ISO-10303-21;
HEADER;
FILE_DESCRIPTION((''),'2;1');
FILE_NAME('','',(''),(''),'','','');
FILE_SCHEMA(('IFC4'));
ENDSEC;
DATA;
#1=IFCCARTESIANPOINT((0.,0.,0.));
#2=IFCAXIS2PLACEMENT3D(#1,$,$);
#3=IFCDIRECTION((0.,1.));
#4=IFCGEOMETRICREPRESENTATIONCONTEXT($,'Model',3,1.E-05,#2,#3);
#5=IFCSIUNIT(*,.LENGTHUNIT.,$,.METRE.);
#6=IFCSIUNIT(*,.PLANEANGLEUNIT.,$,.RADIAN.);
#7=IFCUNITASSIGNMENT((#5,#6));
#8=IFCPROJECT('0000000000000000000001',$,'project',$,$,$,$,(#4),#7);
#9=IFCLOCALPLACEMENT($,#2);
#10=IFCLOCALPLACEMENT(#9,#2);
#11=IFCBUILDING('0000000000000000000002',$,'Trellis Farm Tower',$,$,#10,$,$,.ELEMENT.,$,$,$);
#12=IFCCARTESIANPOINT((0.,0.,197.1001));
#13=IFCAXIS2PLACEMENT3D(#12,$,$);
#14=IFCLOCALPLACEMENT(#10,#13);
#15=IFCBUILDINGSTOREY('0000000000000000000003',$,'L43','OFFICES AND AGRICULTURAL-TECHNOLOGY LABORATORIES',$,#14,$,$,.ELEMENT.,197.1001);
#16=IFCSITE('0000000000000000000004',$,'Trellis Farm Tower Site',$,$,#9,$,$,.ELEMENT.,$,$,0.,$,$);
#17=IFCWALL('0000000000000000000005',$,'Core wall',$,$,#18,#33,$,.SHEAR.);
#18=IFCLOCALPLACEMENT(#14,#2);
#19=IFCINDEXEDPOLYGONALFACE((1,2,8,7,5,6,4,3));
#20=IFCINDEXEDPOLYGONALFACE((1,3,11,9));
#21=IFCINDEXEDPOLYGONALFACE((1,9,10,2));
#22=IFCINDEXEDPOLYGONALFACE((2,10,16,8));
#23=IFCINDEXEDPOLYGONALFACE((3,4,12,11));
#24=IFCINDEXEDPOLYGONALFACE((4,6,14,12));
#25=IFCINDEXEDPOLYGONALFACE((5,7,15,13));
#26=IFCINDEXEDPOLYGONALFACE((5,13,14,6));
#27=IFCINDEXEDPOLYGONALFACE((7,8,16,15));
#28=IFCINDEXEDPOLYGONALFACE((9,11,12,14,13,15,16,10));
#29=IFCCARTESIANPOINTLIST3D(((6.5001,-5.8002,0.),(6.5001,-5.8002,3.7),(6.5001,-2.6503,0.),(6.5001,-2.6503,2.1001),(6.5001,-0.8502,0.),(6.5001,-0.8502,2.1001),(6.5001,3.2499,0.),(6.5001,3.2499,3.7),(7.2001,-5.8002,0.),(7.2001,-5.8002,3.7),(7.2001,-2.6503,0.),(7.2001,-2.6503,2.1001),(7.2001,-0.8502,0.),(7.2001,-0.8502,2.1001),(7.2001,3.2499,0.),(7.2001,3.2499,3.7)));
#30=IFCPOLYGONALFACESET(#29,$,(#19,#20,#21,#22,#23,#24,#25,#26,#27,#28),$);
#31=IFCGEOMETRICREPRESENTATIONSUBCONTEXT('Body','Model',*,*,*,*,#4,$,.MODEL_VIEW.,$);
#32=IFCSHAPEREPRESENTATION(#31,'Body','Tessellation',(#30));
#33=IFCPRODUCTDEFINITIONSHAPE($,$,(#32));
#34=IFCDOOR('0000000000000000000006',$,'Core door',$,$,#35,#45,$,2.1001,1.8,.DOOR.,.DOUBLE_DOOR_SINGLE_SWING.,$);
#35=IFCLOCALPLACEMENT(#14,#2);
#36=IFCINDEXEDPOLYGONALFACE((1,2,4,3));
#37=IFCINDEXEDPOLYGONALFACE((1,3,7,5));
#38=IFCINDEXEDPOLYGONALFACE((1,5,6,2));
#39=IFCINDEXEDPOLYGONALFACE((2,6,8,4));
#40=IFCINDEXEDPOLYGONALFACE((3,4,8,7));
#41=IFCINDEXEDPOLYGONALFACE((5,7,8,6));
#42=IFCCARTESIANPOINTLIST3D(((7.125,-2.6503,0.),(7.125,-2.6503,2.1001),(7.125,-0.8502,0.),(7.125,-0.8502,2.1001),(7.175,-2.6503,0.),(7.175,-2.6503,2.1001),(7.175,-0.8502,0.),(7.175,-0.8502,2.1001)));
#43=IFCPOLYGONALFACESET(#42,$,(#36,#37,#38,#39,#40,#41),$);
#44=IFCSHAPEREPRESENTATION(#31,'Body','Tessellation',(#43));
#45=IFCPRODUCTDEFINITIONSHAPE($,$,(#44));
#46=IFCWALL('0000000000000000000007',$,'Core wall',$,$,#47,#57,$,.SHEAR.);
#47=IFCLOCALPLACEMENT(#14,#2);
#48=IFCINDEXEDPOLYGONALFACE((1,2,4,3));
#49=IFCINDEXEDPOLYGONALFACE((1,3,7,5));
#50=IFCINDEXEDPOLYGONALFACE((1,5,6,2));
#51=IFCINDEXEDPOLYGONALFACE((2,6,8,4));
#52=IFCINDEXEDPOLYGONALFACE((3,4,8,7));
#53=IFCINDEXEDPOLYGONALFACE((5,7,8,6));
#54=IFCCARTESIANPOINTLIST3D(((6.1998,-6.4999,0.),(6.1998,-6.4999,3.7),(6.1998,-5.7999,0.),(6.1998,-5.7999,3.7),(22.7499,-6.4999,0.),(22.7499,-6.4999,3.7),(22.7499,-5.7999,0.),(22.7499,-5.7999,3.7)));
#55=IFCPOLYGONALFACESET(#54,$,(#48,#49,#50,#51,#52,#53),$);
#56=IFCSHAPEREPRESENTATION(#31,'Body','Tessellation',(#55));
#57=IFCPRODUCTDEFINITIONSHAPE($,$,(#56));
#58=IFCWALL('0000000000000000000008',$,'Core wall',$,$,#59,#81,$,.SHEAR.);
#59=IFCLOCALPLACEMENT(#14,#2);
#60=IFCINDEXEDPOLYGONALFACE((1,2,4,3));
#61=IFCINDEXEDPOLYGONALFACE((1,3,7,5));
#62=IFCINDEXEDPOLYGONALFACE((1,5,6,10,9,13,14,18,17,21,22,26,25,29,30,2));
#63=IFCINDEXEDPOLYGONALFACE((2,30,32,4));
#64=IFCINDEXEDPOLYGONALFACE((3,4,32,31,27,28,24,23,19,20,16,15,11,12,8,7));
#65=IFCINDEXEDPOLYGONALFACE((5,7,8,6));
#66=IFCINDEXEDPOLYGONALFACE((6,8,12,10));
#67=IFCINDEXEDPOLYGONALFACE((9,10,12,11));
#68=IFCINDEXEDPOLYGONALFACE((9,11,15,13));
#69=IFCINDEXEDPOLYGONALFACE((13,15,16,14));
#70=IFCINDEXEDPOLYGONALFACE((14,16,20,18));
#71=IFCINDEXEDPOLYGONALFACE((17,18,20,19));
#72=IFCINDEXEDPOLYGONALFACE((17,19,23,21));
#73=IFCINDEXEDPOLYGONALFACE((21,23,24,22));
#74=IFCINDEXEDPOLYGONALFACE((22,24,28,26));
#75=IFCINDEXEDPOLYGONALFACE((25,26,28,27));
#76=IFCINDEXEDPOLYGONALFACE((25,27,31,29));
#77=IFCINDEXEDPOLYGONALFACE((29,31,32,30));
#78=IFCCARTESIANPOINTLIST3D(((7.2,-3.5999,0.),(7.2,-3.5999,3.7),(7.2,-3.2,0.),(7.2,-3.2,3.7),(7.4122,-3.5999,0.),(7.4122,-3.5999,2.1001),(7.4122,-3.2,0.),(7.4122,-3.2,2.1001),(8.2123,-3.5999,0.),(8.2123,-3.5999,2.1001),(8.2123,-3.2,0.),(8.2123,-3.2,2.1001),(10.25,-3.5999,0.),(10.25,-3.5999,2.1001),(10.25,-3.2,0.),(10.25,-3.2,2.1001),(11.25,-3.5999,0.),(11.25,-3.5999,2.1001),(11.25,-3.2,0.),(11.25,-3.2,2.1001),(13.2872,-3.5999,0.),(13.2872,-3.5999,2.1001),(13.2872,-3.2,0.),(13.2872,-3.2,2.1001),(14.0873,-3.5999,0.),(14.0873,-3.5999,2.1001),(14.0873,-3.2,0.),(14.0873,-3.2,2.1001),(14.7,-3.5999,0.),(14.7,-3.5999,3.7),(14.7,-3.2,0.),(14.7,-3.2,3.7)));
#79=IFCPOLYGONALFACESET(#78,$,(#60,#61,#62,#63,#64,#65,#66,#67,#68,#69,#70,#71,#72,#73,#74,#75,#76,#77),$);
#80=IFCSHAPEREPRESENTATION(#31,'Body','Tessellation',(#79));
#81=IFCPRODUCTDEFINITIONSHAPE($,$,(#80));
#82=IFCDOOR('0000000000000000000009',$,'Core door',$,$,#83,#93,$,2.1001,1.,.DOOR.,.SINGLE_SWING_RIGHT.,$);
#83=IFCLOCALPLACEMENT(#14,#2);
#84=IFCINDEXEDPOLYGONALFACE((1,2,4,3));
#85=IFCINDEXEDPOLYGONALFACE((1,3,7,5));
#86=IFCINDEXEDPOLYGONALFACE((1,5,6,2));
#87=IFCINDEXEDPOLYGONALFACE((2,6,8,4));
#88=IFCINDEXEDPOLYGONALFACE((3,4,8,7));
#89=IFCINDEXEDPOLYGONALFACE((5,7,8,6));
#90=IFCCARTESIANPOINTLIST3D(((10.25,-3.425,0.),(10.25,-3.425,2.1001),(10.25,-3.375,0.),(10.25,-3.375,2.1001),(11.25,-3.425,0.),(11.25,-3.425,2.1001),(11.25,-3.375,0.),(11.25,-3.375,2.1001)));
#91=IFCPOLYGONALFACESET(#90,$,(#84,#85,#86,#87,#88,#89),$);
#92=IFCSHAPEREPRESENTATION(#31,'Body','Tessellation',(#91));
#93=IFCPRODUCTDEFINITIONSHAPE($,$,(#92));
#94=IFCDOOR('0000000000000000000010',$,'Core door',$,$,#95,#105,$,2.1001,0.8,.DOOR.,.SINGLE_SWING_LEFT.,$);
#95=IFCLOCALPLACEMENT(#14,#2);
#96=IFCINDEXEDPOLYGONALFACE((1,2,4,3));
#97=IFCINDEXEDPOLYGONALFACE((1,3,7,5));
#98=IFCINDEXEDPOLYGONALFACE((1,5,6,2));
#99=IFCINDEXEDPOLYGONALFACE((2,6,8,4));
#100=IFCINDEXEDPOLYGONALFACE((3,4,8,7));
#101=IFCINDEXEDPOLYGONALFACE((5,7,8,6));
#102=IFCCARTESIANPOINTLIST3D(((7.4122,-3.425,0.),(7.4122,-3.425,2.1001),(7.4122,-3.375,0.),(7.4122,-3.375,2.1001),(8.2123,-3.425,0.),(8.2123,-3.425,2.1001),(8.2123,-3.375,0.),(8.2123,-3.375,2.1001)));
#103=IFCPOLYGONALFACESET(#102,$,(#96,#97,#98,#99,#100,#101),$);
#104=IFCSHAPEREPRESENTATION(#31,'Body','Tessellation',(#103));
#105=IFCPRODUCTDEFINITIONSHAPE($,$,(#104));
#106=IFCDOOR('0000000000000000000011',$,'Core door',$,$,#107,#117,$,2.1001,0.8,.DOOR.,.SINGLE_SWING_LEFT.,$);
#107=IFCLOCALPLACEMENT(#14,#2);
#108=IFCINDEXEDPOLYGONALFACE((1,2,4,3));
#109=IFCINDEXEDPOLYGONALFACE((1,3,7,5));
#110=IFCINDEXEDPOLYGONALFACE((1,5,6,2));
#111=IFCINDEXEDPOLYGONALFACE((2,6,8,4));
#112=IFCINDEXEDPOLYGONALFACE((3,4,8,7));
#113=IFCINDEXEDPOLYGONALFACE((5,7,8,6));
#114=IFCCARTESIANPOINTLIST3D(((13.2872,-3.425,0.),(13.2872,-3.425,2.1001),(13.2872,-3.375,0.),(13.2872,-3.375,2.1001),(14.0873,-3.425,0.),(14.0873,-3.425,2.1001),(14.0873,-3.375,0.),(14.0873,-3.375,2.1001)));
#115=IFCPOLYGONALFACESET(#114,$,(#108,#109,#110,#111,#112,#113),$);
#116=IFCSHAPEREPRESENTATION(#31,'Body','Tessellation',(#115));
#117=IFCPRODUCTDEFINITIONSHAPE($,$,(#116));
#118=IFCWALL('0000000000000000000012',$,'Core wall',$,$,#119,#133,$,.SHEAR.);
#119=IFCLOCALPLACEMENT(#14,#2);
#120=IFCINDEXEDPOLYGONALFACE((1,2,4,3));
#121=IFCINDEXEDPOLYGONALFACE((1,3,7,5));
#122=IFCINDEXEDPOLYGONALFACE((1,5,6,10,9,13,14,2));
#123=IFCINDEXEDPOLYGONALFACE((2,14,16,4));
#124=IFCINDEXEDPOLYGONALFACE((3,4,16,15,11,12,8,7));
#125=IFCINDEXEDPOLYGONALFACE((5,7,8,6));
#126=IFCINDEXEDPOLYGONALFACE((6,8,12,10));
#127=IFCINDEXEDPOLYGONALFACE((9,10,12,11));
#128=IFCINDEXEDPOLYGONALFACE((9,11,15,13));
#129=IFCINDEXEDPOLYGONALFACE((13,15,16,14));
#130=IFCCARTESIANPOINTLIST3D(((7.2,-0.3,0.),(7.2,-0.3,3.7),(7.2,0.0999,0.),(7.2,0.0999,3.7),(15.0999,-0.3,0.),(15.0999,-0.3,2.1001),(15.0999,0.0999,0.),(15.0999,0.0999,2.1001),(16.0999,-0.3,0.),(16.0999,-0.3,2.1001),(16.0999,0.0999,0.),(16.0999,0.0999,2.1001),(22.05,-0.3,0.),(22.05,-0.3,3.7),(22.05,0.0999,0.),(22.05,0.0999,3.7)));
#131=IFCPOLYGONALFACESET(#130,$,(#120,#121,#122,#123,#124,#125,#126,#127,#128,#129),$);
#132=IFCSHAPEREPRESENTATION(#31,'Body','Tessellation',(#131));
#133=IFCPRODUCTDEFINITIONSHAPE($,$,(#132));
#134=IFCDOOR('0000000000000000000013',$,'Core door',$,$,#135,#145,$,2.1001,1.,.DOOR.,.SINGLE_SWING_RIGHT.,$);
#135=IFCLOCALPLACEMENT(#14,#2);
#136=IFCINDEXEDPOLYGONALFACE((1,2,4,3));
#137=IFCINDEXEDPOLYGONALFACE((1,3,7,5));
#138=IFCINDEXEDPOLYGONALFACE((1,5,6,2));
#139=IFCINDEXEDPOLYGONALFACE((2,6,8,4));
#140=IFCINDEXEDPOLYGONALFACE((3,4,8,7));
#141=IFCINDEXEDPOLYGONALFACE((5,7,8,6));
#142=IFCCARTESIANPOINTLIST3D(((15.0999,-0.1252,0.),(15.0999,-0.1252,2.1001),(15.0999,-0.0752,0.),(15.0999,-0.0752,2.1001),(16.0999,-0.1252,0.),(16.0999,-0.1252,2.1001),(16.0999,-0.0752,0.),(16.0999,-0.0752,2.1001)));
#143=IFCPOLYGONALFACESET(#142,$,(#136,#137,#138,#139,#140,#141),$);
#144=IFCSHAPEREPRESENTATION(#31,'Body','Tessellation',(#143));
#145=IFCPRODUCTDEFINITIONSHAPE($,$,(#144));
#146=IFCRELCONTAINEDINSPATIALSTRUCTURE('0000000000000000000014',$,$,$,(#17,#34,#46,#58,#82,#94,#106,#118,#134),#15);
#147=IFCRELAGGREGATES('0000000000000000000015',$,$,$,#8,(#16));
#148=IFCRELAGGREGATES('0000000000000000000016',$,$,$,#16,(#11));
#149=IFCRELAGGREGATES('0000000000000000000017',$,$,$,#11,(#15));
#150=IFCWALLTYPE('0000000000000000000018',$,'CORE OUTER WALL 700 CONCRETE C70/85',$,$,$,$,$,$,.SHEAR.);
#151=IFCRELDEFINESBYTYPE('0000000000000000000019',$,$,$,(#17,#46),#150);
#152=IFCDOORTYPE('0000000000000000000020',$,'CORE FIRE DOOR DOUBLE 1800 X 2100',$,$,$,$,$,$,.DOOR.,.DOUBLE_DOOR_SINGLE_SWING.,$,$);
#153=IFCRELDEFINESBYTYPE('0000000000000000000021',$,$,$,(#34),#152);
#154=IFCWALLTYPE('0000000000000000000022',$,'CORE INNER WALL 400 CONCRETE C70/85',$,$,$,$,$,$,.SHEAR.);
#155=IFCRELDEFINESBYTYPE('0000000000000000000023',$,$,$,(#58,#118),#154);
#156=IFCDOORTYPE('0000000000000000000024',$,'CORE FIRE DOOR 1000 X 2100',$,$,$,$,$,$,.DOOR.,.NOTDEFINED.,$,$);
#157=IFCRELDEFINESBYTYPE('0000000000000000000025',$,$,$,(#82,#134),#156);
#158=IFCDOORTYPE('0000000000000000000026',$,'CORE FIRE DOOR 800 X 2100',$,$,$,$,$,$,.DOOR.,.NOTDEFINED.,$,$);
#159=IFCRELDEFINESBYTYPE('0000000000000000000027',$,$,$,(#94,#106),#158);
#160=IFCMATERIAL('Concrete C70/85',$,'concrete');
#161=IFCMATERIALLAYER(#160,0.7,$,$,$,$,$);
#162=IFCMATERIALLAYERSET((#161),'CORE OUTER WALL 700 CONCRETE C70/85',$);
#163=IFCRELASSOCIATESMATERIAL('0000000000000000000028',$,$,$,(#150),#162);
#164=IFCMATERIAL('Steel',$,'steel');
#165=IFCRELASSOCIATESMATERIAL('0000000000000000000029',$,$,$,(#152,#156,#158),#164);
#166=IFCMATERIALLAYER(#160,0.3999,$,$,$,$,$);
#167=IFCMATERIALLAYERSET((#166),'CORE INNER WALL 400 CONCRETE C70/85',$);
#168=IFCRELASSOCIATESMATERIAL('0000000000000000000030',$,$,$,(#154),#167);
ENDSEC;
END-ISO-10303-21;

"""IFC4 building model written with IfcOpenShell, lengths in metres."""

from ifc_helpers import new_model, si_unit, direction, frame, frame_2d, origin, place, context, subcontext, project, spatial, rectangle, extrude, source, transform, mapped, material, layer, layer_set, type_object, element, fill, save


model = new_model("IFC4")

# Units and contexts
model_context = context("Model", 3, precision=1e-05, world=origin(), true_north=direction((0.0, 1.0)))
body_context = subcontext(model_context, "Body", "Model", "MODEL_VIEW")
ifc_project = project(units=[si_unit("LENGTHUNIT", "METRE"), si_unit("PLANEANGLEUNIT", "RADIAN")], contexts=[model_context])

# Site, building, storey
site_placement = place(None, origin())
site = spatial("IfcSite", under=ifc_project, at=site_placement, Name="Trellis Farm Tower Site", CompositionType="ELEMENT", RefElevation=0.0)
building_placement = place(site_placement, origin())
building = spatial("IfcBuilding", under=site, at=building_placement, Name="Trellis Farm Tower", CompositionType="ELEMENT")
storey_placement = place(building_placement, frame((0.0, 0.0, 197.1001)))
storey = spatial("IfcBuildingStorey", under=building, at=storey_placement, Name="L43", Description="OFFICES AND AGRICULTURAL-TECHNOLOGY LABORATORIES", CompositionType="ELEMENT", Elevation=197.1001)

# Shared definitions
ifc_material_1 = material(Name="Concrete C70/85", Category="concrete")

# Wall, opening, door
ifc_layer_1 = layer(ifc_material_1, 0.7)
ifc_layer_set_1 = layer_set([ifc_layer_1], Name="CORE OUTER WALL 700 CONCRETE C70/85")
wall_type_1 = type_object("IfcWallType", Name="CORE OUTER WALL 700 CONCRETE C70/85", PredefinedType="SHEAR", material=ifc_layer_set_1)
shared_shape_1 = source(origin(), body_context, "Body", "SweptSolid", [
    extrude(rectangle(XDim=9.05, YDim=0.7, at=frame_2d((4.5249, 0.0))), origin(), (0.0, 0.0, 1.0), 3.7),
])
wall_1_placement = place(storey_placement, frame((6.8501, -5.8, 0.0), z_axis=(0.0, 0.0, 1.0), x_axis=(0.0, 1.0, 0.0)))
wall_1 = element("IfcWall", 1, at=wall_1_placement, inside=storey, type_object=wall_type_1, Name="Core wall", PredefinedType="SHEAR", context=body_context, shape_type="MappedRepresentation", body=[
    mapped(shared_shape_1, transform((0.0, 0.0, 0.0))),
])
shared_shape_2 = source(origin(), body_context, "Body", "SweptSolid", [
    extrude(rectangle(XDim=1.8, YDim=2.1001, at=frame_2d((0.8999, 1.05))), frame((0.0, 0.3601, 0.0), z_axis=(0.0, -1.0, 0.0), x_axis=(1.0, 0.0, 0.0)), (0.0, 0.0, 1.0), 0.7202),
])
opening_1_placement = place(wall_1_placement, frame((3.1499, 0.0, 0.0)))
opening_1 = element("IfcOpeningElement", 2, at=opening_1_placement, cuts=wall_1, PredefinedType="OPENING", context=body_context, shape_type="MappedRepresentation", body=[
    mapped(shared_shape_2, transform((0.0, 0.0, 0.0))),
])
ifc_material_2 = material(Name="Steel", Category="steel")
door_type_1 = type_object("IfcDoorType", Name="CORE FIRE DOOR DOUBLE 1800 X 2100", OperationType="DOUBLE_DOOR_SINGLE_SWING", PredefinedType="DOOR", material=ifc_material_2)
shared_shape_3 = source(origin(), body_context, "Body", "SweptSolid", [
    extrude(rectangle(XDim=1.8, YDim=2.1001, at=frame_2d((0.8999, 1.05))), frame((0.0, -0.2749, 0.0), z_axis=(0.0, -1.0, 0.0), x_axis=(1.0, 0.0, 0.0)), (0.0, 0.0, 1.0), 0.05),
])
door_1_placement = place(opening_1_placement, origin())
door_1 = element("IfcDoor", 3, at=door_1_placement, inside=storey, type_object=door_type_1, Name="Core door", OperationType="DOUBLE_DOOR_SINGLE_SWING", OverallHeight=2.1001, OverallWidth=1.8, PredefinedType="DOOR", context=body_context, shape_type="MappedRepresentation", body=[
    mapped(shared_shape_3, transform((0.0, 0.0, 0.0))),
])
fill(opening_1, door_1)

# Wall
shared_shape_4 = source(origin(), body_context, "Body", "SweptSolid", [
    extrude(rectangle(XDim=16.55, YDim=0.7, at=frame_2d((8.2749, 0.0))), origin(), (0.0, 0.0, 1.0), 3.7),
])
wall_2_placement = place(storey_placement, frame((6.2, -6.1499, 0.0), z_axis=(0.0, 0.0, 1.0), x_axis=(1.0, 0.0, 0.0)))
element("IfcWall", 4, at=wall_2_placement, inside=storey, type_object=wall_type_1, Name="Core wall", PredefinedType="SHEAR", context=body_context, shape_type="MappedRepresentation", body=[
    mapped(shared_shape_4, transform((0.0, 0.0, 0.0))),
])

# Wall, openings, doors
ifc_layer_2 = layer(ifc_material_1, 0.3999)
ifc_layer_set_2 = layer_set([ifc_layer_2], Name="CORE INNER WALL 400 CONCRETE C70/85")
wall_type_2 = type_object("IfcWallType", Name="CORE INNER WALL 400 CONCRETE C70/85", PredefinedType="SHEAR", material=ifc_layer_set_2)
shared_shape_5 = source(origin(), body_context, "Body", "SweptSolid", [
    extrude(rectangle(XDim=7.5, YDim=0.3999, at=frame_2d((3.75, 0.0))), origin(), (0.0, 0.0, 1.0), 3.7),
])
wall_3_placement = place(storey_placement, frame((7.2, -3.3999, 0.0), z_axis=(0.0, 0.0, 1.0), x_axis=(1.0, 0.0, 0.0)))
wall_3 = element("IfcWall", 5, at=wall_3_placement, inside=storey, type_object=wall_type_2, Name="Core wall", PredefinedType="SHEAR", context=body_context, shape_type="MappedRepresentation", body=[
    mapped(shared_shape_5, transform((0.0, 0.0, 0.0))),
])
shared_shape_6 = source(origin(), body_context, "Body", "SweptSolid", [
    extrude(rectangle(XDim=0.8, YDim=2.1001, at=frame_2d((0.3999, 1.05))), frame((0.0, 0.21, 0.0), z_axis=(0.0, -1.0, 0.0), x_axis=(1.0, 0.0, 0.0)), (0.0, 0.0, 1.0), 0.4199),
])
opening_2_placement = place(wall_3_placement, frame((0.2124, 0.0, 0.0)))
opening_2 = element("IfcOpeningElement", 6, at=opening_2_placement, cuts=wall_3, PredefinedType="OPENING", context=body_context, shape_type="MappedRepresentation", body=[
    mapped(shared_shape_6, transform((0.0, 0.0, 0.0))),
])
shared_shape_7 = source(origin(), body_context, "Body", "SweptSolid", [
    extrude(rectangle(XDim=1.0, YDim=2.1001, at=frame_2d((0.5, 1.05))), frame((0.0, 0.21, 0.0), z_axis=(0.0, -1.0, 0.0), x_axis=(1.0, 0.0, 0.0)), (0.0, 0.0, 1.0), 0.4199),
])
opening_3_placement = place(wall_3_placement, frame((3.05, 0.0, 0.0)))
opening_3 = element("IfcOpeningElement", 7, at=opening_3_placement, cuts=wall_3, PredefinedType="OPENING", context=body_context, shape_type="MappedRepresentation", body=[
    mapped(shared_shape_7, transform((0.0, 0.0, 0.0))),
])
opening_4_placement = place(wall_3_placement, frame((6.0874, 0.0, 0.0)))
opening_4 = element("IfcOpeningElement", 8, at=opening_4_placement, cuts=wall_3, PredefinedType="OPENING", context=body_context, shape_type="MappedRepresentation", body=[
    mapped(shared_shape_6, transform((0.0, 0.0, 0.0))),
])
door_type_2 = type_object("IfcDoorType", Name="CORE FIRE DOOR 1000 X 2100", OperationType="NOTDEFINED", PredefinedType="DOOR", material=ifc_material_2)
shared_shape_8 = source(origin(), body_context, "Body", "SweptSolid", [
    extrude(rectangle(XDim=1.0, YDim=2.1001, at=frame_2d((0.5, 1.05))), frame((0.0, 0.0249, 0.0), z_axis=(0.0, -1.0, 0.0), x_axis=(1.0, 0.0, 0.0)), (0.0, 0.0, 1.0), 0.05),
])
door_2_placement = place(opening_3_placement, origin())
door_2 = element("IfcDoor", 9, at=door_2_placement, inside=storey, type_object=door_type_2, Name="Core door", OperationType="SINGLE_SWING_RIGHT", OverallHeight=2.1001, OverallWidth=1.0, PredefinedType="DOOR", context=body_context, shape_type="MappedRepresentation", body=[
    mapped(shared_shape_8, transform((0.0, 0.0, 0.0))),
])
fill(opening_3, door_2)
door_type_3 = type_object("IfcDoorType", Name="CORE FIRE DOOR 800 X 2100", OperationType="NOTDEFINED", PredefinedType="DOOR", material=ifc_material_2)
shared_shape_9 = source(origin(), body_context, "Body", "SweptSolid", [
    extrude(rectangle(XDim=0.8, YDim=2.1001, at=frame_2d((0.3999, 1.05))), frame((0.0, 0.0249, 0.0), z_axis=(0.0, -1.0, 0.0), x_axis=(1.0, 0.0, 0.0)), (0.0, 0.0, 1.0), 0.05),
])
door_3_placement = place(opening_2_placement, origin())
door_3 = element("IfcDoor", 10, at=door_3_placement, inside=storey, type_object=door_type_3, Name="Core door", OperationType="SINGLE_SWING_LEFT", OverallHeight=2.1001, OverallWidth=0.8, PredefinedType="DOOR", context=body_context, shape_type="MappedRepresentation", body=[
    mapped(shared_shape_9, transform((0.0, 0.0, 0.0))),
])
fill(opening_2, door_3)
door_4_placement = place(opening_4_placement, origin())
door_4 = element("IfcDoor", 11, at=door_4_placement, inside=storey, type_object=door_type_3, Name="Core door", OperationType="SINGLE_SWING_LEFT", OverallHeight=2.1001, OverallWidth=0.8, PredefinedType="DOOR", context=body_context, shape_type="MappedRepresentation", body=[
    mapped(shared_shape_9, transform((0.0, 0.0, 0.0))),
])
fill(opening_4, door_4)

# Wall, opening, door
shared_shape_10 = source(origin(), body_context, "Body", "SweptSolid", [
    extrude(rectangle(XDim=14.8501, YDim=0.3999, at=frame_2d((7.425, 0.0))), origin(), (0.0, 0.0, 1.0), 3.7),
])
wall_4_placement = place(storey_placement, frame((7.2, -0.1001, 0.0), z_axis=(0.0, 0.0, 1.0), x_axis=(1.0, 0.0, 0.0)))
wall_4 = element("IfcWall", 12, at=wall_4_placement, inside=storey, type_object=wall_type_2, Name="Core wall", PredefinedType="SHEAR", context=body_context, shape_type="MappedRepresentation", body=[
    mapped(shared_shape_10, transform((0.0, 0.0, 0.0))),
])
opening_5_placement = place(wall_4_placement, frame((7.8999, 0.0, 0.0)))
opening_5 = element("IfcOpeningElement", 13, at=opening_5_placement, cuts=wall_4, PredefinedType="OPENING", context=body_context, shape_type="MappedRepresentation", body=[
    mapped(shared_shape_7, transform((0.0, 0.0, 0.0))),
])
door_5_placement = place(opening_5_placement, origin())
door_5 = element("IfcDoor", 14, at=door_5_placement, inside=storey, type_object=door_type_2, Name="Core door", OperationType="SINGLE_SWING_RIGHT", OverallHeight=2.1001, OverallWidth=1.0, PredefinedType="DOOR", context=body_context, shape_type="MappedRepresentation", body=[
    mapped(shared_shape_8, transform((0.0, 0.0, 0.0))),
])
fill(opening_5, door_5)

save(model, "model.ifc")
